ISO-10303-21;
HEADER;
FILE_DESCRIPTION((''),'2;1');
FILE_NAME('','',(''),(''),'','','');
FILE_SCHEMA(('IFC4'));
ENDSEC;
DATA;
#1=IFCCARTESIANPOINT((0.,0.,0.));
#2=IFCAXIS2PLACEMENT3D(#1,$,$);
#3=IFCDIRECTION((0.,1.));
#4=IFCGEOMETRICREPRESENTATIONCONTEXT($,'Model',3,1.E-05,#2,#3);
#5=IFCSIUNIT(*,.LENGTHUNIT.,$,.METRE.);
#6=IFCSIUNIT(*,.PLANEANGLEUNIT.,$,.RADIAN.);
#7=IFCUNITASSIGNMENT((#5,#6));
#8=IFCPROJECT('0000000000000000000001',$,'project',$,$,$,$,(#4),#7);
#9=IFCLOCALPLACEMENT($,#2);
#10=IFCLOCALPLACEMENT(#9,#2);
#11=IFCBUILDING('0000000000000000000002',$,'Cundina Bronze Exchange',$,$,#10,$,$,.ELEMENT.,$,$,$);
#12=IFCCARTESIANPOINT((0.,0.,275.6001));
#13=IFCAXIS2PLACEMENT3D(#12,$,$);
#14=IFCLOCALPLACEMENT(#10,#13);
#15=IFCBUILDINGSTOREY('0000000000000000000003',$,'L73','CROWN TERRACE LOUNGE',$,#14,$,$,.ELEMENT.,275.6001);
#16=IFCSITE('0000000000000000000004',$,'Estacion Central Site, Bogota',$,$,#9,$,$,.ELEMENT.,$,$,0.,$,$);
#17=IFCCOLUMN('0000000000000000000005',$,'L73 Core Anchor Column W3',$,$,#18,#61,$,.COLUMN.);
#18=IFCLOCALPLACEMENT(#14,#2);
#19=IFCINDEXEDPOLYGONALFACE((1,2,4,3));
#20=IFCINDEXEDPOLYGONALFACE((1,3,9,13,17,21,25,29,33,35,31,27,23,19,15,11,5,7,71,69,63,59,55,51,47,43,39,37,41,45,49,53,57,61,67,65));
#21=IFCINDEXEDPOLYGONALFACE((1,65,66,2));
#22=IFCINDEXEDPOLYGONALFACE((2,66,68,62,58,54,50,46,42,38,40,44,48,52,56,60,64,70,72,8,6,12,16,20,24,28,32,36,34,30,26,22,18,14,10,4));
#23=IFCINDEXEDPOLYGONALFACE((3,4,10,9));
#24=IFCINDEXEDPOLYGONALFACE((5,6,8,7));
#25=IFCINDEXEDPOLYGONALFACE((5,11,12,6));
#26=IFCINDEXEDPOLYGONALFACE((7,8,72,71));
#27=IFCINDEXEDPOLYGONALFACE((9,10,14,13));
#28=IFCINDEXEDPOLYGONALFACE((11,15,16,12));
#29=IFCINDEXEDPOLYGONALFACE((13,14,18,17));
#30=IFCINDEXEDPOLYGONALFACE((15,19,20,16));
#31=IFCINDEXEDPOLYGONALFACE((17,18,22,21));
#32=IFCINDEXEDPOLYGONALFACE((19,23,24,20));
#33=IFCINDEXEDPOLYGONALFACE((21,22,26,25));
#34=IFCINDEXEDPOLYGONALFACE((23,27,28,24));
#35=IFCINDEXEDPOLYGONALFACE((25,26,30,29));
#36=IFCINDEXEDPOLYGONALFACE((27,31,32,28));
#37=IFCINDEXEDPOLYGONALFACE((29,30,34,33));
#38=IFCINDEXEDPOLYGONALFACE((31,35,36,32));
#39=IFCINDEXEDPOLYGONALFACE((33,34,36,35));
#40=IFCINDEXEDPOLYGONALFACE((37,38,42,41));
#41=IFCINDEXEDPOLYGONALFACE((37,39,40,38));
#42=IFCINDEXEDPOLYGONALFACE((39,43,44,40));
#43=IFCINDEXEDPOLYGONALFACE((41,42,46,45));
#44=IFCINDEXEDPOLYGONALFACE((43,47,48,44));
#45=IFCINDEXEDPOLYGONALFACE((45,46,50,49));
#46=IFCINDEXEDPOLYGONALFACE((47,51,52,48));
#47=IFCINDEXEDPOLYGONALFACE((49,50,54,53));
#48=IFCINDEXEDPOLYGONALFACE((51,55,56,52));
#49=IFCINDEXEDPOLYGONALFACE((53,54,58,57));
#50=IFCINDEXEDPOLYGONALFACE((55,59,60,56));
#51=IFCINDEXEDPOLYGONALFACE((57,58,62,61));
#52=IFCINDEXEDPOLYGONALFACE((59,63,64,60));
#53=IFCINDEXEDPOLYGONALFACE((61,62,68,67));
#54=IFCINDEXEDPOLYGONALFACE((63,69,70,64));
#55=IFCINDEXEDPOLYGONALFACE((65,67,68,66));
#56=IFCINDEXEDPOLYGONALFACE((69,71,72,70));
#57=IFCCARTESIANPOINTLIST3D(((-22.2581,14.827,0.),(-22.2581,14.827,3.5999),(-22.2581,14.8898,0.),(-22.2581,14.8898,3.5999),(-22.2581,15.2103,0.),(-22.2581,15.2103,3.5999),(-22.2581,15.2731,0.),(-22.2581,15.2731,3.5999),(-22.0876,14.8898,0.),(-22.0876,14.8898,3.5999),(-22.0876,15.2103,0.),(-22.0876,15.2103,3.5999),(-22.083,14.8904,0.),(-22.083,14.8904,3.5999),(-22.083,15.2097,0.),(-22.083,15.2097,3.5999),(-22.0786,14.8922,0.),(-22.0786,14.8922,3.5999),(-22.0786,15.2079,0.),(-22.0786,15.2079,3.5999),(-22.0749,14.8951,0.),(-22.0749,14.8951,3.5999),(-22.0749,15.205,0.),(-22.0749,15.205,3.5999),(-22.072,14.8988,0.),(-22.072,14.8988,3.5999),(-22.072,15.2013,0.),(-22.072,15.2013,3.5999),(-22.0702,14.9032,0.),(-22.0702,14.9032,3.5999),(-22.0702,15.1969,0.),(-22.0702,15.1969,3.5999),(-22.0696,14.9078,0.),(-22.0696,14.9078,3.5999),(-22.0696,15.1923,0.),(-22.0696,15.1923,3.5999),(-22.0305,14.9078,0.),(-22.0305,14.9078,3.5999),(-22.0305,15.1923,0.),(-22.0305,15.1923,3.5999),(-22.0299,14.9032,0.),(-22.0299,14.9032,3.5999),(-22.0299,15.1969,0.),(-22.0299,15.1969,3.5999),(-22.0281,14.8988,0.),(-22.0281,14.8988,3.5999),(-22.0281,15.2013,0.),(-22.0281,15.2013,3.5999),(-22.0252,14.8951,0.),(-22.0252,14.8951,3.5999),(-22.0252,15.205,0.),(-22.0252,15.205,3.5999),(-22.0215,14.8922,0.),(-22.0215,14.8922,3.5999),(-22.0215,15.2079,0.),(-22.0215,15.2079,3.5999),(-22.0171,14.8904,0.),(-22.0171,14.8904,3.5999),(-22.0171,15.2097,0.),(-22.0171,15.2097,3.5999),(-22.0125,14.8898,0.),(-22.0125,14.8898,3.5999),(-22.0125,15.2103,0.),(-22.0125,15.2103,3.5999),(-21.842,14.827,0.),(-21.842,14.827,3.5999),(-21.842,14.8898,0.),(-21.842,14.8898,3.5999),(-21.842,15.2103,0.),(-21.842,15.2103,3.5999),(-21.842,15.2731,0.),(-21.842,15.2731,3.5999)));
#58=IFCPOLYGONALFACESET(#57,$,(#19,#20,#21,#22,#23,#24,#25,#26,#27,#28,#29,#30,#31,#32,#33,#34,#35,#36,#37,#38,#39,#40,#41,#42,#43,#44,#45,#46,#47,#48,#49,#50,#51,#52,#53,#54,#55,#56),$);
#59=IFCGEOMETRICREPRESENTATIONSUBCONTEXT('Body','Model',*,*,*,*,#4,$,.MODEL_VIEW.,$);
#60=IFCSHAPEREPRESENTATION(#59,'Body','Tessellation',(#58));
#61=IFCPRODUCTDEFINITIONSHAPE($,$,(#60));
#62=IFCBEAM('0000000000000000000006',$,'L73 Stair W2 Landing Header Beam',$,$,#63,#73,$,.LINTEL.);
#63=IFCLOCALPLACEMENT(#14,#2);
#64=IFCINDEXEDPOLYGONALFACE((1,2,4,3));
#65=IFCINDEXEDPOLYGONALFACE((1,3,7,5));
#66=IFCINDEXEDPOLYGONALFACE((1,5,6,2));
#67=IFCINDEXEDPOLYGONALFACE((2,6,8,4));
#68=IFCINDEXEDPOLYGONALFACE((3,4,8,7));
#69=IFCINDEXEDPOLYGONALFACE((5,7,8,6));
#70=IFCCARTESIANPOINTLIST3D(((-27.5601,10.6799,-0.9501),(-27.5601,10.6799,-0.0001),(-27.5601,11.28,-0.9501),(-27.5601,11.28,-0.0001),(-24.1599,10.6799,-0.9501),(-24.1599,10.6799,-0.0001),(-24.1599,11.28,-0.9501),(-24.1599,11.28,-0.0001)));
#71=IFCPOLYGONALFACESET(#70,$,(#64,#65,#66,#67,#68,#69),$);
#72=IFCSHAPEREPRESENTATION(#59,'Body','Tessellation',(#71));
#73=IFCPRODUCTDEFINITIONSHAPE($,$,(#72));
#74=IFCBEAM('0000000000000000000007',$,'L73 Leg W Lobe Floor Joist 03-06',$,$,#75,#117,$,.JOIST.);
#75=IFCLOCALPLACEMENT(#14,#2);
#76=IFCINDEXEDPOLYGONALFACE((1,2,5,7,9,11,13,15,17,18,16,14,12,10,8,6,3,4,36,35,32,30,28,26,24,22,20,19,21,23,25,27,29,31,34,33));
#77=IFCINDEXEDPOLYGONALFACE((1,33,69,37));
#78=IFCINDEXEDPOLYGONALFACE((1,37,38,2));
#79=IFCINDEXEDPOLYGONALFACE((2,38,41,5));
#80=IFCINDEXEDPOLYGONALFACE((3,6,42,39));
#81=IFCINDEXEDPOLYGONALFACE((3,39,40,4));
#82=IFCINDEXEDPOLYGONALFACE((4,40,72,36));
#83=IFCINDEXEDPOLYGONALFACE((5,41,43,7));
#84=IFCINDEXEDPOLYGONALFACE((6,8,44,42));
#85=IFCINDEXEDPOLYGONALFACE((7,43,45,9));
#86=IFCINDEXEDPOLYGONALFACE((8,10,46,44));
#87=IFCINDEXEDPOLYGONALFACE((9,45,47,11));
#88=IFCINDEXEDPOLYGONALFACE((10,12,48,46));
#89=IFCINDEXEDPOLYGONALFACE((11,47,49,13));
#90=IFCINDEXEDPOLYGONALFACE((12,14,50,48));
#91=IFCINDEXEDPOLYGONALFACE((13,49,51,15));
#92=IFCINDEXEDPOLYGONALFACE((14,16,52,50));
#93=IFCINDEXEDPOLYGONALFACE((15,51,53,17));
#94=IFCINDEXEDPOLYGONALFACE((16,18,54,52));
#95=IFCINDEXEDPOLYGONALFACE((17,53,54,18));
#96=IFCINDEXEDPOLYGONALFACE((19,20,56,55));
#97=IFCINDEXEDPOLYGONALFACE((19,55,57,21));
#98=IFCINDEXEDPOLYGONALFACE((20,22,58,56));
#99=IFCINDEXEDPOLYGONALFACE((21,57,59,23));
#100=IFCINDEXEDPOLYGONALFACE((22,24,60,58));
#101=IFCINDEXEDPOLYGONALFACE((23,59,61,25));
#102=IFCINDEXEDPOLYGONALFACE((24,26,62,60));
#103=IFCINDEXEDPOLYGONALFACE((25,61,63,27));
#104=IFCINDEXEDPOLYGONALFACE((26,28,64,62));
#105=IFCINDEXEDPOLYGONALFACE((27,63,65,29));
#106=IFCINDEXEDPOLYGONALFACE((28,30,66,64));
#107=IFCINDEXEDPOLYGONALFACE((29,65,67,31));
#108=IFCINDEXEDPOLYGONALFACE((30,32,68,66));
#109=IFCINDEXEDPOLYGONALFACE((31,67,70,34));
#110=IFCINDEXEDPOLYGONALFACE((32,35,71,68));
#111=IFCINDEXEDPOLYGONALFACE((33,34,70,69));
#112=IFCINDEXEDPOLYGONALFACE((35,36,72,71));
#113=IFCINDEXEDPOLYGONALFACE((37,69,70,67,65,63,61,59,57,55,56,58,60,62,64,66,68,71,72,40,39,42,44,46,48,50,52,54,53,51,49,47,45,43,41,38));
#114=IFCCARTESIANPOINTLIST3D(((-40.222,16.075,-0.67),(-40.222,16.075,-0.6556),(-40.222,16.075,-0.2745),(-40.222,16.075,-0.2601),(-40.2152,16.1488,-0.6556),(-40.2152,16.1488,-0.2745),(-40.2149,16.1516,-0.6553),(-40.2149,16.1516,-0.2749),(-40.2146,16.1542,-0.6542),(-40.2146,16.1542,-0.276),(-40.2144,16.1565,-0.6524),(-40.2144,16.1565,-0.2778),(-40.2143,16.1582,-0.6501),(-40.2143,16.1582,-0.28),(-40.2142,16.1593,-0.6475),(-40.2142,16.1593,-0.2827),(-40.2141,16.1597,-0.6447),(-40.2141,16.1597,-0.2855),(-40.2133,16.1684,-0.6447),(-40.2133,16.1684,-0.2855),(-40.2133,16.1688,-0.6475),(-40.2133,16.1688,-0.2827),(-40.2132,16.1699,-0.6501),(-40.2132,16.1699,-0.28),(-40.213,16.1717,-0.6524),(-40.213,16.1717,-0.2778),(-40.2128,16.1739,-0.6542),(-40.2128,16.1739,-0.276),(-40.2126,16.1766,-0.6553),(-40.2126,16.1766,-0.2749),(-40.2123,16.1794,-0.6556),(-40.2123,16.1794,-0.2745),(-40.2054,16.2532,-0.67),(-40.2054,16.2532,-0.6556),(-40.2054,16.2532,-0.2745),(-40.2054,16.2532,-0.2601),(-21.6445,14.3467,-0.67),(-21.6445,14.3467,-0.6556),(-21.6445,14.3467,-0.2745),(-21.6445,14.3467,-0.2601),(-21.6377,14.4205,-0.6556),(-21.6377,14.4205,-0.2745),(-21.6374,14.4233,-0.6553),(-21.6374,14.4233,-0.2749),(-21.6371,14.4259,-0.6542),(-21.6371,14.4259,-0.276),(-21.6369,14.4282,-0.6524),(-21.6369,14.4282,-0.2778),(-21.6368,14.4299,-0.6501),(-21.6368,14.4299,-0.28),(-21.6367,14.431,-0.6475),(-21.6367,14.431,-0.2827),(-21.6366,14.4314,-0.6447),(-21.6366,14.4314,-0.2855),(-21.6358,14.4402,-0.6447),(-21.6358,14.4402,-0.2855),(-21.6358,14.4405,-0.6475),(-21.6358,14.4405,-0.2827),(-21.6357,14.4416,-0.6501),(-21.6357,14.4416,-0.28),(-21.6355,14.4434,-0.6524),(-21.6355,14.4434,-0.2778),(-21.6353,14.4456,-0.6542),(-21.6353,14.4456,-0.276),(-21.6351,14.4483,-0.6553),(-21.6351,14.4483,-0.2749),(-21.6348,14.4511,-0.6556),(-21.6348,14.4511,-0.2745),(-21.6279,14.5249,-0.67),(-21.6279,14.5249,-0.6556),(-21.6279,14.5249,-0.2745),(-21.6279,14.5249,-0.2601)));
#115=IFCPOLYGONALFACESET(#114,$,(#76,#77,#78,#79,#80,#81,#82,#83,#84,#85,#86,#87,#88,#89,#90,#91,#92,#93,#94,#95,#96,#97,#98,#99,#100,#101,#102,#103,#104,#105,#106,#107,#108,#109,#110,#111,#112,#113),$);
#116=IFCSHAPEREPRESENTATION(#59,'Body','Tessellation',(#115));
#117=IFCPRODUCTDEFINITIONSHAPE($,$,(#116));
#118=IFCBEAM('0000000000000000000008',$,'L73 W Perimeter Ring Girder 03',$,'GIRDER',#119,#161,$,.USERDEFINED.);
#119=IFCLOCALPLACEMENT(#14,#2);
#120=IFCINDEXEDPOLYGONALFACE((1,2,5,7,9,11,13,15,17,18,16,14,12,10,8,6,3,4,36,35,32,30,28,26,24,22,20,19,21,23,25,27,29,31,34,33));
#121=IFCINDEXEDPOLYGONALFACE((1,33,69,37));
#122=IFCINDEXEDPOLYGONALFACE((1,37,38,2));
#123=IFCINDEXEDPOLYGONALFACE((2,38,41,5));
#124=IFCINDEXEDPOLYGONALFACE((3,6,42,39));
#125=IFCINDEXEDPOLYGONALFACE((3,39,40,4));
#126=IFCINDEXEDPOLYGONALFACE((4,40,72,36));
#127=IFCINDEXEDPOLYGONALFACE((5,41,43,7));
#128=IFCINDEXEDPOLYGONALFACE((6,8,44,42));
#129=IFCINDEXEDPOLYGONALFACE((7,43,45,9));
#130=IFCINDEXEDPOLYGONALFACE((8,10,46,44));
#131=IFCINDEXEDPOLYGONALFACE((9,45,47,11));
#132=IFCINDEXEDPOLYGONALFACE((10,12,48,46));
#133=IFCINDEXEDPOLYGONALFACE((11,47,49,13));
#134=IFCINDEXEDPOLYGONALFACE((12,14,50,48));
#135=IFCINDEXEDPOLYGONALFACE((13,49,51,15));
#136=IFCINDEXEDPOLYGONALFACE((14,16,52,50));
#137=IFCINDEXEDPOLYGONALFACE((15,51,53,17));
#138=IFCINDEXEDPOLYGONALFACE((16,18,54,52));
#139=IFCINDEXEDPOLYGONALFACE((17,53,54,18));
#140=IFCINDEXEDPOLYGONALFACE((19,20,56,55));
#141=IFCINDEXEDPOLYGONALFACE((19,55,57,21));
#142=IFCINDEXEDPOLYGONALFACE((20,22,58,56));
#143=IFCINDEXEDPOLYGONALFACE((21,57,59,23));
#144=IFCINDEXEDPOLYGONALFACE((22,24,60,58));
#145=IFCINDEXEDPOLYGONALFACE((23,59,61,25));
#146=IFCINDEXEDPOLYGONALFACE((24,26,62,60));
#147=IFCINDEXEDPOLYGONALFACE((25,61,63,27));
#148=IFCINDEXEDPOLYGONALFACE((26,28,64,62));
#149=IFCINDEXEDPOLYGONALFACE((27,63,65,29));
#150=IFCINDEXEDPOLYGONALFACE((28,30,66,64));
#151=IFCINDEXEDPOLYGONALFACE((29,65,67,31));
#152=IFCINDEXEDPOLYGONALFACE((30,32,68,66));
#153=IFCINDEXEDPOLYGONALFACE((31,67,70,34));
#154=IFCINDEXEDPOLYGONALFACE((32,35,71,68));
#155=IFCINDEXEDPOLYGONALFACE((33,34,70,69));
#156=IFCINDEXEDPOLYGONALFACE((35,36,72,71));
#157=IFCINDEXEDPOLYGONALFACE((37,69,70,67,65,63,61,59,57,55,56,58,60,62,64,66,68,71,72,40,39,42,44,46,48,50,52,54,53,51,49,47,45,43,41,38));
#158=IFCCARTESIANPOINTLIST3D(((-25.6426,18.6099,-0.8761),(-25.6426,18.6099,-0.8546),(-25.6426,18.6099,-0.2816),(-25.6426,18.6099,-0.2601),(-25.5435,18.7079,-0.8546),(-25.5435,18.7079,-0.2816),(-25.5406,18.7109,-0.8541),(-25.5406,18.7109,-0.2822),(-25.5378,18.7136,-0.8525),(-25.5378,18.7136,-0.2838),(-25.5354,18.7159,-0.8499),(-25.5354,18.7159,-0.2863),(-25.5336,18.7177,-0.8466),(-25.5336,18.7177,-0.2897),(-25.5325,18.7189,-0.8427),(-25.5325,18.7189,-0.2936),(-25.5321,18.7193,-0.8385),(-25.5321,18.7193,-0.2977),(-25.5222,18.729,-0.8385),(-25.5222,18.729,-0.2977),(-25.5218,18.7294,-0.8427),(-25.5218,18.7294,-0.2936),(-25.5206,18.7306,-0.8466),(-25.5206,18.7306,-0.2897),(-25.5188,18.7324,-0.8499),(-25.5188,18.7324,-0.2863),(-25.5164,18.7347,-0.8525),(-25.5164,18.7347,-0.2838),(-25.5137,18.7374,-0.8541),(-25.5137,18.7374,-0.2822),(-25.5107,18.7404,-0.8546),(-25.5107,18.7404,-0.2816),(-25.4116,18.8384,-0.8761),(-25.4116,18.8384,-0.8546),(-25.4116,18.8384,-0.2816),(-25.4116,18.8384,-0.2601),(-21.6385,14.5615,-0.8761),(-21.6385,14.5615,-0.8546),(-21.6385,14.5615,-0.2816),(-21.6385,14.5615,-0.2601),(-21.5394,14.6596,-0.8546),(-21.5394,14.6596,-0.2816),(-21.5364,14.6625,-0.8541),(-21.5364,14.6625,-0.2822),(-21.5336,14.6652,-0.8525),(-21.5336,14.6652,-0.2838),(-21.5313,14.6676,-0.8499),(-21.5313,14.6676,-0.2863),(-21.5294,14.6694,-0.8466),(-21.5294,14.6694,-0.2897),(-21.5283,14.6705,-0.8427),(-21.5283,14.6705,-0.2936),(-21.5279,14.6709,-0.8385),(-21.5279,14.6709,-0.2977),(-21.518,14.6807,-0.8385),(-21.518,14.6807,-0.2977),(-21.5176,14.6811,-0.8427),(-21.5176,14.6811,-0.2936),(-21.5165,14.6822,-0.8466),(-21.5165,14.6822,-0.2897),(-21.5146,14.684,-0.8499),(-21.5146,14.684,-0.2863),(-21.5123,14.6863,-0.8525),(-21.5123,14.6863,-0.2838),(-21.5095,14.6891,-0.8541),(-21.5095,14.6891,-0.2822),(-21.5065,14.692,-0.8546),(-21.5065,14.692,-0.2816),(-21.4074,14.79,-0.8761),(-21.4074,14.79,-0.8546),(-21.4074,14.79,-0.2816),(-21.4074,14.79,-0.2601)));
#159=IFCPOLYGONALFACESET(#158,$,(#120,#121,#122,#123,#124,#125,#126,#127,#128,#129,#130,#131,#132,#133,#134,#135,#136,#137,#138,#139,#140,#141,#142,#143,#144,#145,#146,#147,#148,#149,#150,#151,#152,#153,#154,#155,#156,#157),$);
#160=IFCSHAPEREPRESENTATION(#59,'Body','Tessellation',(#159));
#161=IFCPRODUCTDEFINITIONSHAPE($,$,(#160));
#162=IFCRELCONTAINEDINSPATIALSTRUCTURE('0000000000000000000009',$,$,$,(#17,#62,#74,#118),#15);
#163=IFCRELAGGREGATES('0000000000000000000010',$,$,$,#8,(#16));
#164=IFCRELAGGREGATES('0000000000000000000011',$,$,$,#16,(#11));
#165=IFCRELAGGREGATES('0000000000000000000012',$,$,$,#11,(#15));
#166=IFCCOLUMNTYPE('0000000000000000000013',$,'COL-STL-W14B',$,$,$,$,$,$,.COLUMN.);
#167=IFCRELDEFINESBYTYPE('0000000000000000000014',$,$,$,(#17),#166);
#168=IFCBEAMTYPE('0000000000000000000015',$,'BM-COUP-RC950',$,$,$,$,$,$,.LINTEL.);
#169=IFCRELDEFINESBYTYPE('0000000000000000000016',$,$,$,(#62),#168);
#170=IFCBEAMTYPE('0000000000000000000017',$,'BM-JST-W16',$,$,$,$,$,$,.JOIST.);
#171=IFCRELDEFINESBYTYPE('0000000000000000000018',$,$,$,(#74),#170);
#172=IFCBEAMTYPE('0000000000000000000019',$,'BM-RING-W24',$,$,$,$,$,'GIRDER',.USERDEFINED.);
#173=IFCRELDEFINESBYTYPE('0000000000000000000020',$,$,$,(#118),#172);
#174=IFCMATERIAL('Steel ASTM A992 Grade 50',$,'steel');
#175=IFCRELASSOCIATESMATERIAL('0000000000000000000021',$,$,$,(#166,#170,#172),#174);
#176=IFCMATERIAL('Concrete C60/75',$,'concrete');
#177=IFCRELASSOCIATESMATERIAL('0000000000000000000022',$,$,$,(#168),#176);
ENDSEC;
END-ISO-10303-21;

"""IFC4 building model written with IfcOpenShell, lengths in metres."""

from ifc_helpers import new_model, si_unit, direction, frame, origin, origin_2d, place, context, subcontext, project, spatial, rectangle, i_section, extrude, material, material_profile, profile_set, type_object, element, save


model = new_model("IFC4")

# Units and contexts
model_context = context("Model", 3, precision=1e-05, world=origin(), true_north=direction((0.0, 1.0)))
body_context = subcontext(model_context, "Body", "Model", "MODEL_VIEW")
ifc_project = project(units=[si_unit("LENGTHUNIT", "METRE"), si_unit("PLANEANGLEUNIT", "RADIAN")], contexts=[model_context])

# Site, building, storey
site_placement = place(None, origin())
site = spatial("IfcSite", under=ifc_project, at=site_placement, Name="Estacion Central Site, Bogota", CompositionType="ELEMENT", RefElevation=0.0)
building_placement = place(site_placement, origin())
building = spatial("IfcBuilding", under=site, at=building_placement, Name="Cundina Bronze Exchange", CompositionType="ELEMENT")
storey_placement = place(building_placement, frame((0.0, 0.0, 275.6001)))
storey = spatial("IfcBuildingStorey", under=building, at=storey_placement, Name="L73", Description="CROWN TERRACE LOUNGE", CompositionType="ELEMENT", Elevation=275.6001)

# Column
ifc_material_1 = material(Name="Steel ASTM A992 Grade 50", Category="steel")
ifc_material_profile_1 = material_profile(ifc_material_1, i_section(OverallWidth=0.416, OverallDepth=0.446, WebThickness=0.0391, FlangeThickness=0.0627, FilletRadius=0.0181, at=origin_2d()), Name="W14X342", Category="steel")
ifc_profile_set_1 = profile_set([ifc_material_profile_1], Name="Steel ASTM A992 Grade 50")
column_type = type_object("IfcColumnType", Name="COL-STL-W14B", PredefinedType="COLUMN", material=ifc_profile_set_1)
column_placement = place(storey_placement, frame((-22.05, 15.05, 0.0), z_axis=(0.0, 0.0, 1.0), x_axis=(1.0, 0.0, 0.0)))
element("IfcColumn", 1, at=column_placement, inside=storey, type_object=column_type, Name="L73 Core Anchor Column W3", PredefinedType="COLUMN", context=body_context, shape_type="SweptSolid", body=[
    extrude(i_section(OverallWidth=0.416, OverallDepth=0.446, WebThickness=0.0391, FlangeThickness=0.0627, FilletRadius=0.0181, at=origin_2d()), origin(), (0.0, 0.0, 1.0), 3.5999),
])

# Beams
ifc_material_2 = material(Name="Concrete C60/75", Category="concrete")
ifc_material_profile_2 = material_profile(ifc_material_2, rectangle(XDim=0.6001, YDim=0.95, at=origin_2d()), Name="RC600X950", Category="concrete")
ifc_profile_set_2 = profile_set([ifc_material_profile_2], Name="Concrete C60/75")
beam_type_1 = type_object("IfcBeamType", Name="BM-COUP-RC950", PredefinedType="LINTEL", material=ifc_profile_set_2)
beam_1_placement = place(storey_placement, frame((-27.5601, 10.98, -0.4751), z_axis=(1.0, 0.0, 0.0), x_axis=(0.0, 1.0, 0.0)))
element("IfcBeam", 2, at=beam_1_placement, inside=storey, type_object=beam_type_1, Name="L73 Stair W2 Landing Header Beam", PredefinedType="LINTEL", context=body_context, shape_type="SweptSolid", body=[
    extrude(rectangle(XDim=0.6001, YDim=0.95, at=origin_2d()), origin(), (0.0, 0.0, 1.0), 3.4001),
])
ifc_material_profile_3 = material_profile(ifc_material_1, i_section(OverallWidth=0.179, OverallDepth=0.4099, WebThickness=0.0088, FlangeThickness=0.0144, FilletRadius=0.011, at=origin_2d()), Name="W16X45", Category="steel")
ifc_profile_set_3 = profile_set([ifc_material_profile_3], Name="Steel ASTM A992 Grade 50")
beam_type_2 = type_object("IfcBeamType", Name="BM-JST-W16", PredefinedType="JOIST", material=ifc_profile_set_3)
beam_2_placement = place(storey_placement, frame((-21.6362, 14.4358, -0.4651), z_axis=(-0.995701, 0.092631, 0.0), x_axis=(-0.092631, -0.995701, 0.0)))
element("IfcBeam", 3, at=beam_2_placement, inside=storey, type_object=beam_type_2, Name="L73 Leg W Lobe Floor Joist 03-06", PredefinedType="JOIST", context=body_context, shape_type="SweptSolid", body=[
    extrude(i_section(OverallWidth=0.179, OverallDepth=0.4099, WebThickness=0.0088, FlangeThickness=0.0144, FilletRadius=0.011, at=origin_2d()), origin(), (0.0, 0.0, 1.0), 18.6577),
])
ifc_material_profile_4 = material_profile(ifc_material_1, i_section(OverallWidth=0.325, OverallDepth=0.616, WebThickness=0.0139, FlangeThickness=0.0215, FilletRadius=0.0161, at=origin_2d()), Name="W24X117", Category="steel")
ifc_profile_set_4 = profile_set([ifc_material_profile_4], Name="Steel ASTM A992 Grade 50")
beam_type_3 = type_object("IfcBeamType", Name="BM-RING-W24", ElementType="GIRDER", PredefinedType="USERDEFINED", material=ifc_profile_set_4)
beam_3_placement = place(storey_placement, frame((-21.5229, 14.6758, -0.5681), z_axis=(-0.703216, 0.710976, 0.0), x_axis=(-0.710976, -0.703216, 0.0)))
element("IfcBeam", 4, at=beam_3_placement, inside=storey, type_object=beam_type_3, Name="L73 W Perimeter Ring Girder 03", ObjectType="GIRDER", PredefinedType="USERDEFINED", context=body_context, shape_type="SweptSolid", body=[
    extrude(i_section(OverallWidth=0.325, OverallDepth=0.616, WebThickness=0.0139, FlangeThickness=0.0215, FilletRadius=0.0161, at=origin_2d()), origin(), (0.0, 0.0, 1.0), 5.6941),
])

save(model, "model.ifc")
